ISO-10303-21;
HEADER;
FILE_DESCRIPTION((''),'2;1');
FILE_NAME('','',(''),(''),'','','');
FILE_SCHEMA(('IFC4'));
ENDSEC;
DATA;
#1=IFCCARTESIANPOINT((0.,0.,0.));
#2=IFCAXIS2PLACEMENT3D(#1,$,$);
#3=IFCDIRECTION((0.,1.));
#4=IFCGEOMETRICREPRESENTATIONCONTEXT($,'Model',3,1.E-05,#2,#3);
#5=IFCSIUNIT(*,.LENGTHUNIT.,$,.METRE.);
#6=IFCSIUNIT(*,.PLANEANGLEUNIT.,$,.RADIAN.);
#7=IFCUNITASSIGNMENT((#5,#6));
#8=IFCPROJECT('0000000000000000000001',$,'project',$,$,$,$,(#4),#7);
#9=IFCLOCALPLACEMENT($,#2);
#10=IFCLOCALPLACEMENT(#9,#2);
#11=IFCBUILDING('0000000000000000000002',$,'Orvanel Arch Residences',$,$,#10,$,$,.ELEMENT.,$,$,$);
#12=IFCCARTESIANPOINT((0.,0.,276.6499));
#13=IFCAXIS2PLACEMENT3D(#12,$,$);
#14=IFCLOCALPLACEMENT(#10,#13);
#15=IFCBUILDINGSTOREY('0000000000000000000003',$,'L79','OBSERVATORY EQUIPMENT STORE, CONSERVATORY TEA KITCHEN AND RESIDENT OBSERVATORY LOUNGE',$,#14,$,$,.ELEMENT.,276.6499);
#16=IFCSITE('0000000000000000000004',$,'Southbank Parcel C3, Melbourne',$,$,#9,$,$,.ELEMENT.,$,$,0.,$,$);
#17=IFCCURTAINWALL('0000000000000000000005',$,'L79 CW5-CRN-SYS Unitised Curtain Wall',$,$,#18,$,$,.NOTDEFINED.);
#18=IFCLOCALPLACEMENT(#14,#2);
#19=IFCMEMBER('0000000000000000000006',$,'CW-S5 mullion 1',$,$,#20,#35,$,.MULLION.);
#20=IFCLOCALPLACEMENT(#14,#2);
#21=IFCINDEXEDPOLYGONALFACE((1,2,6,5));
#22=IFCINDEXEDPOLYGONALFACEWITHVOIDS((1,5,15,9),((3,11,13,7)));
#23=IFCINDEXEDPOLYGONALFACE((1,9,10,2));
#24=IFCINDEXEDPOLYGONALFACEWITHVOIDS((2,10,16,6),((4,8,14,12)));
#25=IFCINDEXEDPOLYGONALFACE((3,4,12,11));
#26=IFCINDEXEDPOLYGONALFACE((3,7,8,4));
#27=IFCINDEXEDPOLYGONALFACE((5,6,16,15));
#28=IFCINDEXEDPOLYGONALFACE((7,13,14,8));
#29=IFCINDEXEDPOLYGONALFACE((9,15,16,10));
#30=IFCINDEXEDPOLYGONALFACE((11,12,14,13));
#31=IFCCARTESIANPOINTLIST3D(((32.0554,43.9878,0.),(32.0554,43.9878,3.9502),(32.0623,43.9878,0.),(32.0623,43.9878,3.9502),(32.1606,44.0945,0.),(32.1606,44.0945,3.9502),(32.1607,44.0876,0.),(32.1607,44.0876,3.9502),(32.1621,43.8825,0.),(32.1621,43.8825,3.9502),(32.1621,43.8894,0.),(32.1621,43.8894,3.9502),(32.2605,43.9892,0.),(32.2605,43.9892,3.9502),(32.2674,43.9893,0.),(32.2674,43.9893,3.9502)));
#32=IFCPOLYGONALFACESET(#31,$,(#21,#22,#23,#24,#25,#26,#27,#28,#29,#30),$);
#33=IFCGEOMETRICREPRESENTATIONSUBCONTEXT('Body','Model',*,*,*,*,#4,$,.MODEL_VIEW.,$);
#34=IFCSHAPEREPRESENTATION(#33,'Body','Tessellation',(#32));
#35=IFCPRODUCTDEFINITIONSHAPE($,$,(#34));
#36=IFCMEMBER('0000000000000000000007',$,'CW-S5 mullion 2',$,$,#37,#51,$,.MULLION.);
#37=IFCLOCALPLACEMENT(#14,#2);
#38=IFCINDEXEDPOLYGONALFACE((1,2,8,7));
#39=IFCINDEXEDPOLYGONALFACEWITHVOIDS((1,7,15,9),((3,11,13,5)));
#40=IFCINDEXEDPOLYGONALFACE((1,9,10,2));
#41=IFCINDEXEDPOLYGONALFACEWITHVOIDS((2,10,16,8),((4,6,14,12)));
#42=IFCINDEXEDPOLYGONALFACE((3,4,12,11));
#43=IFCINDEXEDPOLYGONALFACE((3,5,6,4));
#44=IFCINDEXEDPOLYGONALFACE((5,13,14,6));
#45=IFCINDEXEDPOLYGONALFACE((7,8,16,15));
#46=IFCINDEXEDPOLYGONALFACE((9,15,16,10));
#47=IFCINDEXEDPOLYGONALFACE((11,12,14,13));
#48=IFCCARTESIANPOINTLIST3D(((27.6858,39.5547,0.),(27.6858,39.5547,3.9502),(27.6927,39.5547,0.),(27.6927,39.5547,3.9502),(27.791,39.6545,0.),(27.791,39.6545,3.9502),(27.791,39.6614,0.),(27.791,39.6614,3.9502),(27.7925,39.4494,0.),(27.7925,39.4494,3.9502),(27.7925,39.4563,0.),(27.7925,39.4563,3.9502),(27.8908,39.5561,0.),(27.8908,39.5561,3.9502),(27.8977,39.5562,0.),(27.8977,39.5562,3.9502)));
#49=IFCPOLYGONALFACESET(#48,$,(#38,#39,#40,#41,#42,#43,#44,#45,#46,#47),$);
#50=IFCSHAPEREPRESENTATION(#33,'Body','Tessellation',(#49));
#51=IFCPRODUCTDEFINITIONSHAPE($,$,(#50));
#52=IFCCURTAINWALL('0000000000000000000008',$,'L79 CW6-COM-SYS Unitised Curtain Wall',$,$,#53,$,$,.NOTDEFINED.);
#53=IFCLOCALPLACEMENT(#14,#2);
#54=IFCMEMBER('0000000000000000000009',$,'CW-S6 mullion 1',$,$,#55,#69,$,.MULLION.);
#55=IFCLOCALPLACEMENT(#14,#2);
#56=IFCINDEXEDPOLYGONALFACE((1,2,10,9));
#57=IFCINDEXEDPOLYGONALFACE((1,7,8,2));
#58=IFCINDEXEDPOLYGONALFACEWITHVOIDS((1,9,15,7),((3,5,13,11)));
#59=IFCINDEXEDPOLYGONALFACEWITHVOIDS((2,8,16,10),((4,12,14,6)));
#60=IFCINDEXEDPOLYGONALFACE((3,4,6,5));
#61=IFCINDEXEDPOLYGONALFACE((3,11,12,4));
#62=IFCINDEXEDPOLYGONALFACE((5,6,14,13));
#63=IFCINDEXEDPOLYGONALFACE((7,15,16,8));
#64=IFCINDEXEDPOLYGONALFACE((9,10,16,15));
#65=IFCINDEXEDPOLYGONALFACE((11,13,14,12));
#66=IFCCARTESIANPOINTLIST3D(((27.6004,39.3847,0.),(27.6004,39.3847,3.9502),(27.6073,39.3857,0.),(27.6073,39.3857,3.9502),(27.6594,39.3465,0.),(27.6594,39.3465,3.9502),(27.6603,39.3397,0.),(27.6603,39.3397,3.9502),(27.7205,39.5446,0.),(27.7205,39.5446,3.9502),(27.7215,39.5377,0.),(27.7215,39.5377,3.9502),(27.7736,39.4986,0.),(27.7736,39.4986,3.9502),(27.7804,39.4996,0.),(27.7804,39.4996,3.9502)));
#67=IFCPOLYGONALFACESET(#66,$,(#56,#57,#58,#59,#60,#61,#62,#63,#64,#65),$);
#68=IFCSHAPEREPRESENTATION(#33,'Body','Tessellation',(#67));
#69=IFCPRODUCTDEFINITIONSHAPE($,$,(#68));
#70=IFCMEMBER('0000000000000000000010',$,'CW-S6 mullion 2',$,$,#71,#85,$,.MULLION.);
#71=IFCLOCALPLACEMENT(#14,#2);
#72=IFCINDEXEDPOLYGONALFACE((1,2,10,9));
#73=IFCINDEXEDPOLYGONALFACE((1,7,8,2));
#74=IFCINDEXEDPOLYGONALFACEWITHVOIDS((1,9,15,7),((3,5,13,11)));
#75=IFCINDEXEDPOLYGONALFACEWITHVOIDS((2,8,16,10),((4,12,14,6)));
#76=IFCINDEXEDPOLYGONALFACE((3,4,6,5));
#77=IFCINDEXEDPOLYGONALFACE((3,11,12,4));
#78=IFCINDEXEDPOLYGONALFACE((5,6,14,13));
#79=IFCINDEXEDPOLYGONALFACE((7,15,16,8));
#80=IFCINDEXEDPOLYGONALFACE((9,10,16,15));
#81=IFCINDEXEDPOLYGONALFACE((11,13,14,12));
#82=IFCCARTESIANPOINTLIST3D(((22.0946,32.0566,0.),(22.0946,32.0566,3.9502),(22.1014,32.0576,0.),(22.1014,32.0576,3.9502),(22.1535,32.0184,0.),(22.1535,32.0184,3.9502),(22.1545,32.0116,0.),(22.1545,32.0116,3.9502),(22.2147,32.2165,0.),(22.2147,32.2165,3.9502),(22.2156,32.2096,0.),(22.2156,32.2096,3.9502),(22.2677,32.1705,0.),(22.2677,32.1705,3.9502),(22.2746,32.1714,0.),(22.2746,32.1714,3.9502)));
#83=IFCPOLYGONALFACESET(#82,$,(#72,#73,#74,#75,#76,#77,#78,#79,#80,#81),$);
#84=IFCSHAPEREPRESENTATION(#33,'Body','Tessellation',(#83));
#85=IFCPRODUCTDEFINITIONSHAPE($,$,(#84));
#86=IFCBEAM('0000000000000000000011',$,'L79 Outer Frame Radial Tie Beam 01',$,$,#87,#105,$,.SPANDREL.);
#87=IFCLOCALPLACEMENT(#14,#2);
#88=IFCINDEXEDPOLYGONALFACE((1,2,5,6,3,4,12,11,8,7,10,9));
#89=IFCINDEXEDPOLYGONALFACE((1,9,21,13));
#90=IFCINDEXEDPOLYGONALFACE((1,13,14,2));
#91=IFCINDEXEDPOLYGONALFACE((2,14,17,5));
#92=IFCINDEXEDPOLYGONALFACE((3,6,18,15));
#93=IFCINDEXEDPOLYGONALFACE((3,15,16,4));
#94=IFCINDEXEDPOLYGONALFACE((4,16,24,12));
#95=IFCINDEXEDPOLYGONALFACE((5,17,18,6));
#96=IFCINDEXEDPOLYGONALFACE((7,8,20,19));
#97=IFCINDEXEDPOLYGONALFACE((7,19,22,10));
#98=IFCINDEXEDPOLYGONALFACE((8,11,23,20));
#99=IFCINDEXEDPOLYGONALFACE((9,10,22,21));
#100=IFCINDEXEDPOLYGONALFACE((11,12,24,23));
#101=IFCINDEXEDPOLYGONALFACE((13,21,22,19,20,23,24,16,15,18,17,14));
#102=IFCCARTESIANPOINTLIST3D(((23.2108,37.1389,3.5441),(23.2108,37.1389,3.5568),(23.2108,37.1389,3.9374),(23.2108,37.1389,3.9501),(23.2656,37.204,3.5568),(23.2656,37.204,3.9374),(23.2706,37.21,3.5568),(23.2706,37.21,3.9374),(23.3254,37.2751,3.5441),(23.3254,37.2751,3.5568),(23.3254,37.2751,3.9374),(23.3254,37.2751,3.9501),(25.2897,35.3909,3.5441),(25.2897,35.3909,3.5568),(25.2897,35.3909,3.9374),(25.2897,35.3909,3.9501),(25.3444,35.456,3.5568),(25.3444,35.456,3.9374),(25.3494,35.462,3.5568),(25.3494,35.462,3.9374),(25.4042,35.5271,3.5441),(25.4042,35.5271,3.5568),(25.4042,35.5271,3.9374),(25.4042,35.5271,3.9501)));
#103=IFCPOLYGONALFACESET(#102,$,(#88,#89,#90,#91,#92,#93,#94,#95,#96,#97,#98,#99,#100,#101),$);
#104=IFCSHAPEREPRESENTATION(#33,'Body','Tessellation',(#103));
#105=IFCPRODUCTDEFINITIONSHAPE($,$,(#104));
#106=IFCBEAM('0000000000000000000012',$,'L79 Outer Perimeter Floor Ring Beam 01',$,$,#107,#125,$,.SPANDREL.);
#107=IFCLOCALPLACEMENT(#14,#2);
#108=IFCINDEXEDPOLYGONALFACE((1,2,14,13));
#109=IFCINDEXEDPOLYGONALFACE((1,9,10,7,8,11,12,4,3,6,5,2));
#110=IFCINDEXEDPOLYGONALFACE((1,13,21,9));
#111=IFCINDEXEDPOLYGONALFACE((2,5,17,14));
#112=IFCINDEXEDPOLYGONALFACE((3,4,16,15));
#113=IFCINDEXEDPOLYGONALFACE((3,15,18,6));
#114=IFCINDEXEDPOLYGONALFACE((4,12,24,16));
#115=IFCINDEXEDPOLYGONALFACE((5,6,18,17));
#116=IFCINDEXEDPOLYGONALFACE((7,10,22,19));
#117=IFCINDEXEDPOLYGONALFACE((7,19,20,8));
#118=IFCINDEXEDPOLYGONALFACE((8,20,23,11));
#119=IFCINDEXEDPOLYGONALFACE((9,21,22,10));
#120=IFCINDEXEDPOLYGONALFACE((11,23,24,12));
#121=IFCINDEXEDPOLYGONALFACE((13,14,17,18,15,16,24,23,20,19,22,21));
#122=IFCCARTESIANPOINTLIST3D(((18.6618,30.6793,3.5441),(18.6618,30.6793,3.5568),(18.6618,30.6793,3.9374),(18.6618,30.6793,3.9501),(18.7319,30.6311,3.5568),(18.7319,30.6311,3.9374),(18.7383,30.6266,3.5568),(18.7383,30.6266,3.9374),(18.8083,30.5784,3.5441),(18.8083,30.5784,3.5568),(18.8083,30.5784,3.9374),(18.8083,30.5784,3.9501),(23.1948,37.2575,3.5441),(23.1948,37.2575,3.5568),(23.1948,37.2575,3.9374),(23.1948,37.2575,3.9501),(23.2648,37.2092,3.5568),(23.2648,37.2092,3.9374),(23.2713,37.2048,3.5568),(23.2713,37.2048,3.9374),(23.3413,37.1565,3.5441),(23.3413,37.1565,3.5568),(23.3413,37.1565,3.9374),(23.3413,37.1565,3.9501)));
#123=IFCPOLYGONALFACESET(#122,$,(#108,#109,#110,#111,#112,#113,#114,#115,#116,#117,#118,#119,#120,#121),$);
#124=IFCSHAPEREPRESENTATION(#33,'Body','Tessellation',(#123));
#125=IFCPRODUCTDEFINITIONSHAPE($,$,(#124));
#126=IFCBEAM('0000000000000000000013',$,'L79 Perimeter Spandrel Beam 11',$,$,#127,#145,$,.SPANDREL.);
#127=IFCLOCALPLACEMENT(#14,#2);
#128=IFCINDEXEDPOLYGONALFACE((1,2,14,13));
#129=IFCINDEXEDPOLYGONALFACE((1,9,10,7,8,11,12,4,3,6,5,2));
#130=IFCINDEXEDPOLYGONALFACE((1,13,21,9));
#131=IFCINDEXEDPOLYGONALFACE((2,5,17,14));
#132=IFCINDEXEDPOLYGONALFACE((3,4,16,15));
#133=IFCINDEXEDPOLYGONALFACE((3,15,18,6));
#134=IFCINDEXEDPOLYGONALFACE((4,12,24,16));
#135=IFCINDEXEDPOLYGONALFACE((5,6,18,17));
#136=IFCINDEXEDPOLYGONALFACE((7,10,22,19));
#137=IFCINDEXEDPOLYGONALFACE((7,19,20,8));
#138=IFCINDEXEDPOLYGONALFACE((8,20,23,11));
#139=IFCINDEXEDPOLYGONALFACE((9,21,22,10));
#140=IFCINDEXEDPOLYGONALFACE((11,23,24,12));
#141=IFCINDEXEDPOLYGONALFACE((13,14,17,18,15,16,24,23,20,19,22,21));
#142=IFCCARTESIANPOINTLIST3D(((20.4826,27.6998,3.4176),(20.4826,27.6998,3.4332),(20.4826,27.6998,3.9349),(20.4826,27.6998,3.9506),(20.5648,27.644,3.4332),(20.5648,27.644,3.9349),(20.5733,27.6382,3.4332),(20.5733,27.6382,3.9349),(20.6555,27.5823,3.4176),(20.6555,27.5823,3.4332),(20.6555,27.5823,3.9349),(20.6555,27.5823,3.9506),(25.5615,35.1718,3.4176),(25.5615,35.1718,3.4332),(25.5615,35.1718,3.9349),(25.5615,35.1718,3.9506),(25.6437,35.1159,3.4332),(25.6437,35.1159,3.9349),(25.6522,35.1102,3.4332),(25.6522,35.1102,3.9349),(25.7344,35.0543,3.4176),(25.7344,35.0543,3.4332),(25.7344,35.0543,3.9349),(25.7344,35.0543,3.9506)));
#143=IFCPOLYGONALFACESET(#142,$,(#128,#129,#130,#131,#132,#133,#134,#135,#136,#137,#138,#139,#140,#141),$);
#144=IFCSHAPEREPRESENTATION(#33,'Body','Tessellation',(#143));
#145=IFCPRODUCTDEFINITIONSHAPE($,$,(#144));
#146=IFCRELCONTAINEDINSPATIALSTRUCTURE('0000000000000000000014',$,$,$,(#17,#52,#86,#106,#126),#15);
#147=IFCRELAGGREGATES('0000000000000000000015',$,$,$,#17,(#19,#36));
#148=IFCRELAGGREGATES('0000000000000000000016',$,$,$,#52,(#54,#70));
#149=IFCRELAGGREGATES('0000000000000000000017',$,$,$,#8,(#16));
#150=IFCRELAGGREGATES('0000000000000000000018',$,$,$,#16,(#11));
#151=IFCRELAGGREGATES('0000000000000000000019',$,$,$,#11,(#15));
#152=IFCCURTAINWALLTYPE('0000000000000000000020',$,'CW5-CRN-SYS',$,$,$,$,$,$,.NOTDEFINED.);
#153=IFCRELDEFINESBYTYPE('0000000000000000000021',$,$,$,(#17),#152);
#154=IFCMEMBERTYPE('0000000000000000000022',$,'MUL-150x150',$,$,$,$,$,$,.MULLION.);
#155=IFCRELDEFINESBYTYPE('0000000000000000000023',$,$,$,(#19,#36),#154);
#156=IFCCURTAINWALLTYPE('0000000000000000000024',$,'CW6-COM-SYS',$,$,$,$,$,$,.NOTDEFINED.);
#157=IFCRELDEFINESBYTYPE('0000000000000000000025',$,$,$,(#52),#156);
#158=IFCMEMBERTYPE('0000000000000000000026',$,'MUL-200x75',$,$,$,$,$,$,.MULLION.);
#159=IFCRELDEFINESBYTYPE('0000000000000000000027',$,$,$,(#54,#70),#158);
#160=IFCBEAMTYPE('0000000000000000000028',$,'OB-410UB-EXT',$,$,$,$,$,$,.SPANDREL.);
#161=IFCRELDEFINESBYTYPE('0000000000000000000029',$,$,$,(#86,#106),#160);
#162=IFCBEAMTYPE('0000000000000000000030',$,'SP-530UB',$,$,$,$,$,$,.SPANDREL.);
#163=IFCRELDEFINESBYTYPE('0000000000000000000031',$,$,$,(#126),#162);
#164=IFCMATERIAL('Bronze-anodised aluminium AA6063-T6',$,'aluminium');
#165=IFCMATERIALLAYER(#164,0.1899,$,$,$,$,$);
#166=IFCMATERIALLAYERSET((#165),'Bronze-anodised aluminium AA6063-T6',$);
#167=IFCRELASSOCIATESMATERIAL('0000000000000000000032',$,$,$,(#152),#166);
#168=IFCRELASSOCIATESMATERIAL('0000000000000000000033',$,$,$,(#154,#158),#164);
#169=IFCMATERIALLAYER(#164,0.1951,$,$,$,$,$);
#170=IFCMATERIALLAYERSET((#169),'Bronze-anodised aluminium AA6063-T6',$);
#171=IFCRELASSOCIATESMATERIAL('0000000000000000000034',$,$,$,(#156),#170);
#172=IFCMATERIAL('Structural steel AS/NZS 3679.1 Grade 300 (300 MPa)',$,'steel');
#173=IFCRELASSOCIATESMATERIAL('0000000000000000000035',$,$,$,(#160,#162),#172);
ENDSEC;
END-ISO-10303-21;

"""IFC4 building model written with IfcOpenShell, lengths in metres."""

from ifc_helpers import new_model, si_unit, direction, frame, origin, origin_2d, place, context, subcontext, project, spatial, hollow_rectangle, i_section, extrude, material, layer, layer_set, material_profile, profile_set, type_object, element, aggregate, save


model = new_model("IFC4")

# Units and contexts
model_context = context("Model", 3, precision=1e-05, world=origin(), true_north=direction((0.0, 1.0)))
body_context = subcontext(model_context, "Body", "Model", "MODEL_VIEW")
ifc_project = project(units=[si_unit("LENGTHUNIT", "METRE"), si_unit("PLANEANGLEUNIT", "RADIAN")], contexts=[model_context])

# Site, building, storey
site_placement = place(None, origin())
site = spatial("IfcSite", under=ifc_project, at=site_placement, Name="Southbank Parcel C3, Melbourne", CompositionType="ELEMENT", RefElevation=0.0)
building_placement = place(site_placement, origin())
building = spatial("IfcBuilding", under=site, at=building_placement, Name="Orvanel Arch Residences", CompositionType="ELEMENT")
storey_placement = place(building_placement, frame((0.0, 0.0, 276.6499)))
storey = spatial("IfcBuildingStorey", under=building, at=storey_placement, Name="L79", Description="OBSERVATORY EQUIPMENT STORE, CONSERVATORY TEA KITCHEN AND RESIDENT OBSERVATORY LOUNGE", CompositionType="ELEMENT", Elevation=276.6499)

# Shared definitions
ifc_material_1 = material(Name="Structural steel AS/NZS 3679.1 Grade 300 (300 MPa)", Category="steel")

# Curtain walls, members
ifc_material_2 = material(Name="Bronze-anodised aluminium AA6063-T6", Category="aluminium")
ifc_layer_1 = layer(ifc_material_2, 0.1899)
ifc_layer_set_1 = layer_set([ifc_layer_1], Name="Bronze-anodised aluminium AA6063-T6")
curtain_wall_type_1 = type_object("IfcCurtainWallType", Name="CW5-CRN-SYS", PredefinedType="NOTDEFINED", material=ifc_layer_set_1)
curtain_wall_1_placement = place(storey_placement, origin())
curtain_wall_1 = element("IfcCurtainWall", 1, at=curtain_wall_1_placement, inside=storey, type_object=curtain_wall_type_1, Name="L79 CW5-CRN-SYS Unitised Curtain Wall", PredefinedType="NOTDEFINED")
ifc_material_profile_1 = material_profile(ifc_material_2, hollow_rectangle(XDim=0.1499, YDim=0.1499, WallThickness=0.0049, at=origin_2d()), Name="ALU150x150x5")
ifc_profile_set_1 = profile_set([ifc_material_profile_1], Name="Bronze-anodised aluminium AA6063-T6")
member_type_1 = type_object("IfcMemberType", Name="MUL-150x150", PredefinedType="MULLION", material=ifc_profile_set_1)
member_1_placement = place(storey_placement, frame((32.1614, 43.9885, 0.0), z_axis=(0.0, 0.0, 1.0), x_axis=(0.712187, -0.70199, 0.0)))
member_1 = element("IfcMember", 2, at=member_1_placement, type_object=member_type_1, Name="CW-S5 mullion 1", PredefinedType="MULLION", context=body_context, shape_type="SweptSolid", body=[
    extrude(hollow_rectangle(XDim=0.1499, YDim=0.1499, WallThickness=0.0049, at=origin_2d()), origin(), (0.0, 0.0, 1.0), 3.9502),
])
member_2_placement = place(storey_placement, frame((27.7917, 39.5554, 0.0), z_axis=(0.0, 0.0, 1.0), x_axis=(0.712187, -0.70199, 0.0)))
member_2 = element("IfcMember", 3, at=member_2_placement, type_object=member_type_1, Name="CW-S5 mullion 2", PredefinedType="MULLION", context=body_context, shape_type="SweptSolid", body=[
    extrude(hollow_rectangle(XDim=0.1499, YDim=0.1499, WallThickness=0.0049, at=origin_2d()), origin(), (0.0, 0.0, 1.0), 3.9502),
])
ifc_layer_2 = layer(ifc_material_2, 0.1951)
ifc_layer_set_2 = layer_set([ifc_layer_2], Name="Bronze-anodised aluminium AA6063-T6")
curtain_wall_type_2 = type_object("IfcCurtainWallType", Name="CW6-COM-SYS", PredefinedType="NOTDEFINED", material=ifc_layer_set_2)
curtain_wall_2_placement = place(storey_placement, origin())
curtain_wall_2 = element("IfcCurtainWall", 4, at=curtain_wall_2_placement, inside=storey, type_object=curtain_wall_type_2, Name="L79 CW6-COM-SYS Unitised Curtain Wall", PredefinedType="NOTDEFINED")
ifc_material_profile_2 = material_profile(ifc_material_2, hollow_rectangle(XDim=0.075, YDim=0.2, WallThickness=0.0049, at=origin_2d()), Name="ALU200x75x5")
ifc_profile_set_2 = profile_set([ifc_material_profile_2], Name="Bronze-anodised aluminium AA6063-T6")
member_type_2 = type_object("IfcMemberType", Name="MUL-200x75", PredefinedType="MULLION", material=ifc_profile_set_2)
member_3_placement = place(storey_placement, frame((27.6904, 39.4421, 0.0), z_axis=(0.0, 0.0, 1.0), x_axis=(0.79948, -0.600692, 0.0)))
member_3 = element("IfcMember", 5, at=member_3_placement, type_object=member_type_2, Name="CW-S6 mullion 1", PredefinedType="MULLION", context=body_context, shape_type="SweptSolid", body=[
    extrude(hollow_rectangle(XDim=0.075, YDim=0.2, WallThickness=0.0049, at=origin_2d()), origin(), (0.0, 0.0, 1.0), 3.9502),
])
member_4_placement = place(storey_placement, frame((22.1846, 32.114, 0.0), z_axis=(0.0, 0.0, 1.0), x_axis=(0.79948, -0.600692, 0.0)))
member_4 = element("IfcMember", 6, at=member_4_placement, type_object=member_type_2, Name="CW-S6 mullion 2", PredefinedType="MULLION", context=body_context, shape_type="SweptSolid", body=[
    extrude(hollow_rectangle(XDim=0.075, YDim=0.2, WallThickness=0.0049, at=origin_2d()), origin(), (0.0, 0.0, 1.0), 3.9502),
])

# Beams
ifc_material_profile_3 = material_profile(ifc_material_1, i_section(OverallWidth=0.178, OverallDepth=0.406, WebThickness=0.0078, FlangeThickness=0.0127, at=origin_2d()), Name="410UB59.7")
ifc_profile_set_3 = profile_set([ifc_material_profile_3], Name="Structural steel AS/NZS 3679.1 Grade 300 (300 MPa)")
beam_type_1 = type_object("IfcBeamType", Name="OB-410UB-EXT", PredefinedType="SPANDREL", material=ifc_profile_set_3)
beam_1_placement = place(storey_placement, frame((25.3469, 35.459, 3.7471), z_axis=(-0.765377, 0.643582, 0.0), x_axis=(-0.643582, -0.765377, 0.0)))
element("IfcBeam", 7, at=beam_1_placement, inside=storey, type_object=beam_type_1, Name="L79 Outer Frame Radial Tie Beam 01", PredefinedType="SPANDREL", context=body_context, shape_type="SweptSolid", body=[
    extrude(i_section(OverallWidth=0.178, OverallDepth=0.406, WebThickness=0.0078, FlangeThickness=0.0127, at=origin_2d()), origin(), (0.0, 0.0, 1.0), 2.7161),
])
beam_2_placement = place(storey_placement, frame((23.2681, 37.207, 3.7471), z_axis=(-0.567421, -0.823428, 0.0), x_axis=(0.823428, -0.567421, 0.0)))
element("IfcBeam", 8, at=beam_2_placement, inside=storey, type_object=beam_type_1, Name="L79 Outer Perimeter Floor Ring Beam 01", PredefinedType="SPANDREL", context=body_context, shape_type="SweptSolid", body=[
    extrude(i_section(OverallWidth=0.178, OverallDepth=0.406, WebThickness=0.0078, FlangeThickness=0.0127, at=origin_2d()), origin(), (0.0, 0.0, 1.0), 7.9888),
])
ifc_material_profile_4 = material_profile(ifc_material_1, i_section(OverallWidth=0.209, OverallDepth=0.533, WebThickness=0.0103, FlangeThickness=0.0156, at=origin_2d()), Name="530UB92.4")
ifc_profile_set_4 = profile_set([ifc_material_profile_4], Name="Structural steel AS/NZS 3679.1 Grade 300 (300 MPa)")
beam_type_2 = type_object("IfcBeamType", Name="SP-530UB", PredefinedType="SPANDREL", material=ifc_profile_set_4)
beam_3_placement = place(storey_placement, frame((25.6479, 35.113, 3.6841), z_axis=(-0.562155, -0.827032, 0.0), x_axis=(0.827032, -0.562155, 0.0)))
element("IfcBeam", 9, at=beam_3_placement, inside=storey, type_object=beam_type_2, Name="L79 Perimeter Spandrel Beam 11", PredefinedType="SPANDREL", context=body_context, shape_type="SweptSolid", body=[
    extrude(i_section(OverallWidth=0.209, OverallDepth=0.533, WebThickness=0.0103, FlangeThickness=0.0156, at=origin_2d()), origin(), (0.0, 0.0, 1.0), 9.0347),
])

aggregate(curtain_wall_1, [member_1, member_2])
aggregate(curtain_wall_2, [member_3, member_4])

save(model, "model.ifc")
